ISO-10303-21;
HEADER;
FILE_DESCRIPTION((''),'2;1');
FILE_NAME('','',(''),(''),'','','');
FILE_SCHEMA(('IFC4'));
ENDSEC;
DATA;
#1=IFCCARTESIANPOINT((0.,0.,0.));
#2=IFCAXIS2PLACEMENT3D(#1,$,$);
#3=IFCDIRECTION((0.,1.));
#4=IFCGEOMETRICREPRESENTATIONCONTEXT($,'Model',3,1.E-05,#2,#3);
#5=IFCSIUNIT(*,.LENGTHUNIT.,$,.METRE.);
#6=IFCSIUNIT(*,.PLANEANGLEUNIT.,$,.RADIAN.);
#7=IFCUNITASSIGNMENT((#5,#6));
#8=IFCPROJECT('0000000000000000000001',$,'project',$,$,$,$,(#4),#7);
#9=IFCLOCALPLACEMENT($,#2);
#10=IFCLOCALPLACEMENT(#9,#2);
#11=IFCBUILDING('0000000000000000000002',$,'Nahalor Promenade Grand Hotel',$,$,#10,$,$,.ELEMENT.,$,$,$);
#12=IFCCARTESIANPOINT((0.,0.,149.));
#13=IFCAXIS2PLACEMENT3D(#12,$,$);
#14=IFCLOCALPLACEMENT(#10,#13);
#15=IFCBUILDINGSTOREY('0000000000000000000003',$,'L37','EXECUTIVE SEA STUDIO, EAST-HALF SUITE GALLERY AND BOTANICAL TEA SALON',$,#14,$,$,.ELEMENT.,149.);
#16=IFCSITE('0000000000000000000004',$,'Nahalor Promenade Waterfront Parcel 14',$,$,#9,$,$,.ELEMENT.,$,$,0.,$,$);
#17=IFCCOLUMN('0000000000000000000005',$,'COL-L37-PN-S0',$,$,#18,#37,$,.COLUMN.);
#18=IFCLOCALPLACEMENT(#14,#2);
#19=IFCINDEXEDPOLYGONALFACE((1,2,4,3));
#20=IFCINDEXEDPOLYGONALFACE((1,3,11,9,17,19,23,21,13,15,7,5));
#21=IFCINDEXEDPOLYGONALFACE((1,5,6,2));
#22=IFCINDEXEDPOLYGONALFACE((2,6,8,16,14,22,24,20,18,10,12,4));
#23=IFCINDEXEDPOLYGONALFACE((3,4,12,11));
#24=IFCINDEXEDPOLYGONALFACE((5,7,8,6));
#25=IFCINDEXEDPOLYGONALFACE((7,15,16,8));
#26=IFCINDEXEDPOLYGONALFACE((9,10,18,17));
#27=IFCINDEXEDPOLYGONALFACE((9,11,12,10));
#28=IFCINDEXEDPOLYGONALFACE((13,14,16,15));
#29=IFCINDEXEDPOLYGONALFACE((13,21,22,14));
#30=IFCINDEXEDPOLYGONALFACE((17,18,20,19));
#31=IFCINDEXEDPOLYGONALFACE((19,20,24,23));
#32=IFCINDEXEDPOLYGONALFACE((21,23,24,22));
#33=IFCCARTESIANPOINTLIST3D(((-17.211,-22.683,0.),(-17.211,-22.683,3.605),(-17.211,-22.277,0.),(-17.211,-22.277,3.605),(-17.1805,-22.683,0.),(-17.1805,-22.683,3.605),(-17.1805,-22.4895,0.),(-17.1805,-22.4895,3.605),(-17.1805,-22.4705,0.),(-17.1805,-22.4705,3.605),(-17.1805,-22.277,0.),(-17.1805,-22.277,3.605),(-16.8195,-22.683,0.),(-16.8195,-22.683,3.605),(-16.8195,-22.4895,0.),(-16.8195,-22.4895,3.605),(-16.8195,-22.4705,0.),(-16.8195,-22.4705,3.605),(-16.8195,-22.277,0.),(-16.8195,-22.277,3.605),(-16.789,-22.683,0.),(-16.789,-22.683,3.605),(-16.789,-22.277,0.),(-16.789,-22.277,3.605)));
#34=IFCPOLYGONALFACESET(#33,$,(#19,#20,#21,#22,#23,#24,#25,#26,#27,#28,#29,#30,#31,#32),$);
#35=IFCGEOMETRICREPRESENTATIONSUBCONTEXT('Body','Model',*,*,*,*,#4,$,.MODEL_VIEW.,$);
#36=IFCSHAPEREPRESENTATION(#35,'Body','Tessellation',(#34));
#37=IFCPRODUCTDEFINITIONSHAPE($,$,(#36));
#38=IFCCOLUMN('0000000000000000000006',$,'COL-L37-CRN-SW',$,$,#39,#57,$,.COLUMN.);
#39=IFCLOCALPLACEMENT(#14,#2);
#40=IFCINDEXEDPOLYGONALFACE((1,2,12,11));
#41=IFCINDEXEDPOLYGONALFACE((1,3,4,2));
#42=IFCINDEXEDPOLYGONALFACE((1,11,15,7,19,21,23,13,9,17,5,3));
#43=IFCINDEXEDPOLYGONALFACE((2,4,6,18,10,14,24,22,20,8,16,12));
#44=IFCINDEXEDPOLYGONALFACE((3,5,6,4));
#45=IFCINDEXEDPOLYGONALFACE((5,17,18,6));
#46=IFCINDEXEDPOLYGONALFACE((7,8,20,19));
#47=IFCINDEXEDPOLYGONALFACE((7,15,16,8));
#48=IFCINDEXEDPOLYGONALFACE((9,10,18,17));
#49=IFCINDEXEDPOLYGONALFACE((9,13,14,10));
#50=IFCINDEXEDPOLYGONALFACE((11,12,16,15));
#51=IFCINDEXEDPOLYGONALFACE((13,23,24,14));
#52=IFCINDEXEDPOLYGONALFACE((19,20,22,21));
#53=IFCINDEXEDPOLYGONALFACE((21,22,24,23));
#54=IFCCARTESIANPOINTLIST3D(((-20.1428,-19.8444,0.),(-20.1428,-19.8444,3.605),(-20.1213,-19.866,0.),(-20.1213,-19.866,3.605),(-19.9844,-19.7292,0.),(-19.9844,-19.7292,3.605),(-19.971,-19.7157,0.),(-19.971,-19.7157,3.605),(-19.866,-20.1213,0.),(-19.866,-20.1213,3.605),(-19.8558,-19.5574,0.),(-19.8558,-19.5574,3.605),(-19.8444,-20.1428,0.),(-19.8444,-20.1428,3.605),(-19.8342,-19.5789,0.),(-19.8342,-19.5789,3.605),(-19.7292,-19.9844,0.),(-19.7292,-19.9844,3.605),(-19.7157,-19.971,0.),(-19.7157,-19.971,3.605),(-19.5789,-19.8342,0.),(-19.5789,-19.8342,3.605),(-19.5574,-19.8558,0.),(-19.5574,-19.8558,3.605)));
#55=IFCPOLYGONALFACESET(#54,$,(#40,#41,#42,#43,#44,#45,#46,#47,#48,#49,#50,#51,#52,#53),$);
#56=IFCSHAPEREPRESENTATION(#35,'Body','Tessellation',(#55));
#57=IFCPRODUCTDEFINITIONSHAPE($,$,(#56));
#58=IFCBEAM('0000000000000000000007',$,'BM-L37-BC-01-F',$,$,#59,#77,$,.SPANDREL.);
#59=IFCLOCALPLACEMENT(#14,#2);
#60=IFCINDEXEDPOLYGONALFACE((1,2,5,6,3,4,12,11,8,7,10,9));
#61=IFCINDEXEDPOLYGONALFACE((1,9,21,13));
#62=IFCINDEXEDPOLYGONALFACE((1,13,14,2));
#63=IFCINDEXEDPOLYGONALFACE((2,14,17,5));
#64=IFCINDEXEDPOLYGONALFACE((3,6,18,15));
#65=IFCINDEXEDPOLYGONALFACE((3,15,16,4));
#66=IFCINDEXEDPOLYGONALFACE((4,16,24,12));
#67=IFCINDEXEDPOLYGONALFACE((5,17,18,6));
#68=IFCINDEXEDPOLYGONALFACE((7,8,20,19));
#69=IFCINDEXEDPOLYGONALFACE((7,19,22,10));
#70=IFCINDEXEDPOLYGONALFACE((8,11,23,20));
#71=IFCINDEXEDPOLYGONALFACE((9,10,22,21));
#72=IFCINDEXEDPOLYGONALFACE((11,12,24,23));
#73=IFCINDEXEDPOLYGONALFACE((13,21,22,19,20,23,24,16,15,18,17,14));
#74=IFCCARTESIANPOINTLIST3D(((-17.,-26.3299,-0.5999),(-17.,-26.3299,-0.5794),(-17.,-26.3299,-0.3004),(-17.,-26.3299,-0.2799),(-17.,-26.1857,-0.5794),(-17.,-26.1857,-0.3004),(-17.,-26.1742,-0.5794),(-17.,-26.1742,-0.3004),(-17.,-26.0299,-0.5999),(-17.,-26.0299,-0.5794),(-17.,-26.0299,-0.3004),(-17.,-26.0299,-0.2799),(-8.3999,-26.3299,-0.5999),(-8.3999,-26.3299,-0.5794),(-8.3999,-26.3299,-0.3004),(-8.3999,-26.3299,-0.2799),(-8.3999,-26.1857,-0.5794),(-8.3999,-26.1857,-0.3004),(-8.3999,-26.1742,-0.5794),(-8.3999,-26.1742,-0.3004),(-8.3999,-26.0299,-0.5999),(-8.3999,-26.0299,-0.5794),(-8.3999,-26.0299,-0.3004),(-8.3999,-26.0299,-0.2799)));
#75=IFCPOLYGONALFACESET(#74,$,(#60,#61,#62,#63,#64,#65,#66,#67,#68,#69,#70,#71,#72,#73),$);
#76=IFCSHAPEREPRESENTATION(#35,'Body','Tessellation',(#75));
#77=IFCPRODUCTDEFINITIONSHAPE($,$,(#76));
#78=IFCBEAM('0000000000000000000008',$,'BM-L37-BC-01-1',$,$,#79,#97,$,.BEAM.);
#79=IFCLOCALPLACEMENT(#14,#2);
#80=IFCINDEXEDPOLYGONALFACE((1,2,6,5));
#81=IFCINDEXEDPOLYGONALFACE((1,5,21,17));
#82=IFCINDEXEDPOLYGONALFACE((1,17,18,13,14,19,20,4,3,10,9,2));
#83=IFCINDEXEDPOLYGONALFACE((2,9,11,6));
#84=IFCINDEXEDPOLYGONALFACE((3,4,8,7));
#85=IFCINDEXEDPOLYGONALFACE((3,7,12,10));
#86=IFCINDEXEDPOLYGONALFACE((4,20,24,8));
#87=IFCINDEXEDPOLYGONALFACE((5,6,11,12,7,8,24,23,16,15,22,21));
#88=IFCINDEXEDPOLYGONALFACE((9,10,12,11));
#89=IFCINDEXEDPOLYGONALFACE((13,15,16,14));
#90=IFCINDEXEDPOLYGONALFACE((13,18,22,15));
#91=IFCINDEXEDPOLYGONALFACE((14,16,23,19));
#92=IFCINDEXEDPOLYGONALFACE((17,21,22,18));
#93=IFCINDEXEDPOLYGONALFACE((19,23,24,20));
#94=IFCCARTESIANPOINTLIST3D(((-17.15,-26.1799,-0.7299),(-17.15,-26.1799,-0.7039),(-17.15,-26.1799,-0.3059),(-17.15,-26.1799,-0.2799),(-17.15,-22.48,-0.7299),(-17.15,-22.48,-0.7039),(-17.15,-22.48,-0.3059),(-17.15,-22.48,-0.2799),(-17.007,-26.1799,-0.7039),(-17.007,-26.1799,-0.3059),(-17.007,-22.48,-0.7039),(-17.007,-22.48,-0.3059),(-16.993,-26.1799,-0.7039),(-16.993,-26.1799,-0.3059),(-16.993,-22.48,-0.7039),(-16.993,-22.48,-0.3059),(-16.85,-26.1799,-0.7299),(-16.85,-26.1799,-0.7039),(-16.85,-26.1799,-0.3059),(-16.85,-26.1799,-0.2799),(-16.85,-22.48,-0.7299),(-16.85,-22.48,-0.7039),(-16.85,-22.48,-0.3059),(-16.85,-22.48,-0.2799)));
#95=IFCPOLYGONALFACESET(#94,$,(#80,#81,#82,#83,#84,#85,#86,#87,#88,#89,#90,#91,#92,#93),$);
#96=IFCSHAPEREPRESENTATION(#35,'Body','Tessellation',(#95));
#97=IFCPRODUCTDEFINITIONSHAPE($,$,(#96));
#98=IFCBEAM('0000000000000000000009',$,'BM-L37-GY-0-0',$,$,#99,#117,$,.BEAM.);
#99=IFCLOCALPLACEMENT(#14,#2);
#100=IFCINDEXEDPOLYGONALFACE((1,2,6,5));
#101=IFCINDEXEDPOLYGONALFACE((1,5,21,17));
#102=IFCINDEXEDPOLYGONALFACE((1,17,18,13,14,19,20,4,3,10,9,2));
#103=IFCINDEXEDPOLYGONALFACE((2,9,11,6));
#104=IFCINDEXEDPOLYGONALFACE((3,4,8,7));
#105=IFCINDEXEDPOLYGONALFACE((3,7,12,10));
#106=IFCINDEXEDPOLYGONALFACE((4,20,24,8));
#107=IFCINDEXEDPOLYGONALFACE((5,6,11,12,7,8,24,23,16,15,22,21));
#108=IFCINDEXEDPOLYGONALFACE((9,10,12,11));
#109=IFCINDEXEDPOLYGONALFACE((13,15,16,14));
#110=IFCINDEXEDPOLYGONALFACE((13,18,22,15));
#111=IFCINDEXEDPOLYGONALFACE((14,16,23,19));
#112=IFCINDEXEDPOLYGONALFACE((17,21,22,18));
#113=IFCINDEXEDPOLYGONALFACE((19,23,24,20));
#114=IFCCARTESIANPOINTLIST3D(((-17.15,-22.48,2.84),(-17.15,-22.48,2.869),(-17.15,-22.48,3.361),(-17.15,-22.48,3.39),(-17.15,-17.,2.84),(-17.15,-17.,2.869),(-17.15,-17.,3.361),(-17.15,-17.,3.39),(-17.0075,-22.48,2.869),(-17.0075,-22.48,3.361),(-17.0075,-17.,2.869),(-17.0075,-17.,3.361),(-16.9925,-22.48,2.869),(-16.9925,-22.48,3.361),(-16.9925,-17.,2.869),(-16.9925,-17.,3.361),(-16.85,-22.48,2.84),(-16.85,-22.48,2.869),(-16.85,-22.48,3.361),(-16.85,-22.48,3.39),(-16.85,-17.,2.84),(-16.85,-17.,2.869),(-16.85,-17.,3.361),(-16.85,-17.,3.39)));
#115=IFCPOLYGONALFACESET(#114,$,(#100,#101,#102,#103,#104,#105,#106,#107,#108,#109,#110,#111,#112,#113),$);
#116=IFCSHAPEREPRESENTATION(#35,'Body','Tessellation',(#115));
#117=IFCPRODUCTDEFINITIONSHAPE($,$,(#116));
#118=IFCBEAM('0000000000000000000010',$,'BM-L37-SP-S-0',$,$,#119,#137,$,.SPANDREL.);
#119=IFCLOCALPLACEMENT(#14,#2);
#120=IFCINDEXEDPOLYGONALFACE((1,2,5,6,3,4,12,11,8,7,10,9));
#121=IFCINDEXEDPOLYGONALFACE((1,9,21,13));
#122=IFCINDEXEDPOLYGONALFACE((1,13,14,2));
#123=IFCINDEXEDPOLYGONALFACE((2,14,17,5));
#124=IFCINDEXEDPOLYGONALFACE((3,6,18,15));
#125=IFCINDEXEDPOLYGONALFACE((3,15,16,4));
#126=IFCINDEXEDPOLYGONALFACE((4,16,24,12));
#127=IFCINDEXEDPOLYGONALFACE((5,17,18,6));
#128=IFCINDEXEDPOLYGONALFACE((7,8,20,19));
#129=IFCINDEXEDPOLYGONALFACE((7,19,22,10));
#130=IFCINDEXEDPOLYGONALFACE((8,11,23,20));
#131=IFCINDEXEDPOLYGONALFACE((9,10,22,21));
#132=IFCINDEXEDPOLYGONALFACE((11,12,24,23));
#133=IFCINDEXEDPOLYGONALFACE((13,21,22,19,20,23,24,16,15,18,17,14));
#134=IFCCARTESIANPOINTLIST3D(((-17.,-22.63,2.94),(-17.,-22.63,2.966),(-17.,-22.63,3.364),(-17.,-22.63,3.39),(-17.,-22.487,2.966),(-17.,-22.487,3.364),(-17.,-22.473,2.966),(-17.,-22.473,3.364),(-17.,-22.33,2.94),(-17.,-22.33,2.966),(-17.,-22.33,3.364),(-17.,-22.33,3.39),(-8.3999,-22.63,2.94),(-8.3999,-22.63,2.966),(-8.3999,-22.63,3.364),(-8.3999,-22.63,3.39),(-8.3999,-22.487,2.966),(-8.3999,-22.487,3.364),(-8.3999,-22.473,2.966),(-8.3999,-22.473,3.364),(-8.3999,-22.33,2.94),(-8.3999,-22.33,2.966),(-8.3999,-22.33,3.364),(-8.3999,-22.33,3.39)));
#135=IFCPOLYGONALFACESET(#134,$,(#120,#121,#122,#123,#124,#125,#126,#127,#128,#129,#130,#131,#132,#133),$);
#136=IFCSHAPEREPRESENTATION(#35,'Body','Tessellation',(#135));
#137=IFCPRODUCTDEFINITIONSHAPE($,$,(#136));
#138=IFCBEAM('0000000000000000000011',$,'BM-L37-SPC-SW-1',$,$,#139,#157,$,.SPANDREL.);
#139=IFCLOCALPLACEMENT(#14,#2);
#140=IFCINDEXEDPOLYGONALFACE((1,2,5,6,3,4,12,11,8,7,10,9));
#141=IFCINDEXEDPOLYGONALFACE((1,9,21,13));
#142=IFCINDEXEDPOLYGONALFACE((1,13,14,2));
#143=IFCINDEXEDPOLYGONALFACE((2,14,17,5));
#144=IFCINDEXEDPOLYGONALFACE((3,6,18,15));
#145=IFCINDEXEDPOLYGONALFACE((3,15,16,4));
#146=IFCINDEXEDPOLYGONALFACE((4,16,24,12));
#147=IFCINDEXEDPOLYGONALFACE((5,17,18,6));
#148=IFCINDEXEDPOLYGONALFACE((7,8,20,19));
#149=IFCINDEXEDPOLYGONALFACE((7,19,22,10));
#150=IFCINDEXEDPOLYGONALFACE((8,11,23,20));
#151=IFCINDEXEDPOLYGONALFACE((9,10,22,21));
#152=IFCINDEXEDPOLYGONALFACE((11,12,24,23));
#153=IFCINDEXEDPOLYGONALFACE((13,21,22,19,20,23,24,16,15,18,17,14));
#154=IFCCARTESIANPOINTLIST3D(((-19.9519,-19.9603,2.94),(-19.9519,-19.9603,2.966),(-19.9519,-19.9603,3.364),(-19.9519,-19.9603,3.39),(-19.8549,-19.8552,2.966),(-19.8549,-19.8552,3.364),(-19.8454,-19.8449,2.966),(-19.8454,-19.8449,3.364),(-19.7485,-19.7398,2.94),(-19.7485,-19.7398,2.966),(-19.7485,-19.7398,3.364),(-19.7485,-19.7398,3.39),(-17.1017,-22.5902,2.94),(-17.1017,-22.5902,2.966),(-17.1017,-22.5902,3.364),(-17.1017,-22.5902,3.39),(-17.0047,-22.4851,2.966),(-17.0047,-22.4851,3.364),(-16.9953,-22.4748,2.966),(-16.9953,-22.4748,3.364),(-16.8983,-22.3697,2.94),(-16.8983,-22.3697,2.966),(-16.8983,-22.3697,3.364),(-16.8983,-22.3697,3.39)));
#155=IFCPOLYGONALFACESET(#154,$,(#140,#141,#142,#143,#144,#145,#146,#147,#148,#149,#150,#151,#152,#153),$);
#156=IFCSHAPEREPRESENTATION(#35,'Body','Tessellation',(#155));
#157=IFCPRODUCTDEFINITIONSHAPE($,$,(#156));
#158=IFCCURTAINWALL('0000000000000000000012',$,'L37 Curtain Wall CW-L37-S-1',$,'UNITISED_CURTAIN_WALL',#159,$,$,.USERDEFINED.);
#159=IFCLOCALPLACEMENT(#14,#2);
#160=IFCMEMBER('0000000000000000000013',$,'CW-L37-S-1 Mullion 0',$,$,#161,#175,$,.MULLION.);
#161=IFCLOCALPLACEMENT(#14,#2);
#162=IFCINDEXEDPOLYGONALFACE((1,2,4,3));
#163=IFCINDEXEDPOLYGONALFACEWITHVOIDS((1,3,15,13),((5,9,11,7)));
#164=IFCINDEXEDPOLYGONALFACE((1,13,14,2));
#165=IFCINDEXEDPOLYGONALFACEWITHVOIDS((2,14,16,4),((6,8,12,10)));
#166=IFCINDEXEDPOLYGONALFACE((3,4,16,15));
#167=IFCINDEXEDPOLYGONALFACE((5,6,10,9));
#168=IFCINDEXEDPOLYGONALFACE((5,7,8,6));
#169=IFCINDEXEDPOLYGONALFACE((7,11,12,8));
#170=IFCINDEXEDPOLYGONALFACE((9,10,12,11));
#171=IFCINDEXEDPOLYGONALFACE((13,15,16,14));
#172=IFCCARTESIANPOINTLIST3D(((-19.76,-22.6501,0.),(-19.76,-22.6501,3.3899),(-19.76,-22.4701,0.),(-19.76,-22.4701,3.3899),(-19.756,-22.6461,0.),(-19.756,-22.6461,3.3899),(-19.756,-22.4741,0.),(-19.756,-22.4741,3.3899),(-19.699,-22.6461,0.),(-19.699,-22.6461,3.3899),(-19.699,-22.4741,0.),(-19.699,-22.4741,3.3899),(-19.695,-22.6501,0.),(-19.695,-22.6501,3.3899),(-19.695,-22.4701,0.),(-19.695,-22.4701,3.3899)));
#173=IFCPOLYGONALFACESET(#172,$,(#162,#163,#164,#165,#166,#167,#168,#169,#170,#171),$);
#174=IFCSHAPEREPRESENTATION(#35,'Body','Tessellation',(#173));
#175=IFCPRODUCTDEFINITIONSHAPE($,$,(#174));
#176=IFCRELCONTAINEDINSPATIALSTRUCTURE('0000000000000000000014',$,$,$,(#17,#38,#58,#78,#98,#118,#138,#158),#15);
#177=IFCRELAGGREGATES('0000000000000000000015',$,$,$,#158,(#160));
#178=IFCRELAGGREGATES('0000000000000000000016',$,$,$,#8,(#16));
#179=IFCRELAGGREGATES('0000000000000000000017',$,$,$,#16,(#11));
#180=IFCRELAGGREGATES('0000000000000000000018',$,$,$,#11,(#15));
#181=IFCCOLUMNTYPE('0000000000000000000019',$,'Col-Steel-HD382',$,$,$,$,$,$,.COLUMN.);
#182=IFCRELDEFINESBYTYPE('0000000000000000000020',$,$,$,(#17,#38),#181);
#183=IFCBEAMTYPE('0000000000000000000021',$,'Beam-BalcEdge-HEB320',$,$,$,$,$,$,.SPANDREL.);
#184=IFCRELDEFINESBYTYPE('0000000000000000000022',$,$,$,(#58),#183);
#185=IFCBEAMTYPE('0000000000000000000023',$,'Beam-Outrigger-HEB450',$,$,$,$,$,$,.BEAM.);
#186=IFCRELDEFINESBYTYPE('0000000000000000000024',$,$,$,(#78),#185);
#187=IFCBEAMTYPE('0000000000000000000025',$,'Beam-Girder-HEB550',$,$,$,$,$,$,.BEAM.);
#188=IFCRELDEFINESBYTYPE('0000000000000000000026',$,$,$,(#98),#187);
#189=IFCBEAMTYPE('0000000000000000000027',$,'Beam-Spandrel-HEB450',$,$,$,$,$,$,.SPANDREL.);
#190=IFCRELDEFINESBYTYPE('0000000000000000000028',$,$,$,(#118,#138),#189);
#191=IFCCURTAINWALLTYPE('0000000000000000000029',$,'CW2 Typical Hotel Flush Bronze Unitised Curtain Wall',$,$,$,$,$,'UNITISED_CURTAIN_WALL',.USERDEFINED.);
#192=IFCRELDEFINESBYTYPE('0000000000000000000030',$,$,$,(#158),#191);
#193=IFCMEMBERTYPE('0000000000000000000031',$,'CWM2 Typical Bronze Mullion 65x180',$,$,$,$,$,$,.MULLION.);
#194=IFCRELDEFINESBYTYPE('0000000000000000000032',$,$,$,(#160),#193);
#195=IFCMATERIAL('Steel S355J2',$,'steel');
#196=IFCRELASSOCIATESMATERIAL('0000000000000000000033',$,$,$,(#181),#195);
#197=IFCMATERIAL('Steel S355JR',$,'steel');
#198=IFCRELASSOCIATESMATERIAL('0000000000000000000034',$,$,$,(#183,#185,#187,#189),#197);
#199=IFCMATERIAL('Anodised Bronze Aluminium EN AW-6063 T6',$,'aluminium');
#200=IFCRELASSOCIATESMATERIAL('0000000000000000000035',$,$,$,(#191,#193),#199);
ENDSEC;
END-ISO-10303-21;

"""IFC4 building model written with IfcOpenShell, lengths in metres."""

from ifc_helpers import new_model, si_unit, direction, frame, origin, origin_2d, place, context, subcontext, project, spatial, hollow_rectangle, i_section, extrude, source, transform, mapped, material, material_profile, profile_set, type_object, element, aggregate, save


model = new_model("IFC4")

# Units and contexts
model_context = context("Model", 3, precision=1e-05, world=origin(), true_north=direction((0.0, 1.0)))
body_context = subcontext(model_context, "Body", "Model", "MODEL_VIEW")
ifc_project = project(units=[si_unit("LENGTHUNIT", "METRE"), si_unit("PLANEANGLEUNIT", "RADIAN")], contexts=[model_context])

# Site, building, storey
site_placement = place(None, origin())
site = spatial("IfcSite", under=ifc_project, at=site_placement, Name="Nahalor Promenade Waterfront Parcel 14", CompositionType="ELEMENT", RefElevation=0.0)
building_placement = place(site_placement, origin())
building = spatial("IfcBuilding", under=site, at=building_placement, Name="Nahalor Promenade Grand Hotel", CompositionType="ELEMENT")
storey_placement = place(building_placement, frame((0.0, 0.0, 149.0)))
storey = spatial("IfcBuildingStorey", under=building, at=storey_placement, Name="L37", Description="EXECUTIVE SEA STUDIO, EAST-HALF SUITE GALLERY AND BOTANICAL TEA SALON", CompositionType="ELEMENT", Elevation=149.0)

# Columns
ifc_material_1 = material(Name="Steel S355J2", Category="steel")
ifc_material_profile_1 = material_profile(ifc_material_1, i_section(OverallWidth=0.406, OverallDepth=0.422, WebThickness=0.019, FlangeThickness=0.0305, at=origin_2d()), Name="HD 400x382")
ifc_profile_set_1 = profile_set([ifc_material_profile_1], Name="Steel S355J2")
column_type = type_object("IfcColumnType", Name="Col-Steel-HD382", PredefinedType="COLUMN", material=ifc_profile_set_1)
shared_shape_1 = source(origin(), body_context, "Body", "SweptSolid", [
    extrude(i_section(OverallWidth=0.406, OverallDepth=0.422, WebThickness=0.019, FlangeThickness=0.0305, at=origin_2d()), origin(), (0.0, 0.0, 1.0), 3.605),
])
for number, where, z_axis, x_axis, name in (
    (1, (-17.0, -22.48, 0.0), (0.0, 0.0, 1.0), (0.0, 1.0, 0.0), "COL-L37-PN-S0"),
    (2, (-19.8501, -19.8501, 0.0), (0.0, 0.0, 1.0), (0.707107, 0.707107, 0.0), "COL-L37-CRN-SW"),
):
    element("IfcColumn", number, at=place(storey_placement, frame(where, z_axis=z_axis, x_axis=x_axis)), inside=storey, type_object=column_type, Name=name, PredefinedType="COLUMN", context=body_context, shape_type="MappedRepresentation", body=[
        mapped(shared_shape_1, transform((0.0, 0.0, 0.0), scale=1.0)),
    ])

# Beams
ifc_material_2 = material(Name="Steel S355JR", Category="steel")
ifc_material_profile_2 = material_profile(ifc_material_2, i_section(OverallWidth=0.3, OverallDepth=0.32, WebThickness=0.0115, FlangeThickness=0.0205, at=origin_2d()), Name="HEB 320")
ifc_profile_set_2 = profile_set([ifc_material_profile_2], Name="Steel S355JR")
beam_type_1 = type_object("IfcBeamType", Name="Beam-BalcEdge-HEB320", PredefinedType="SPANDREL", material=ifc_profile_set_2)
shared_shape_2 = source(origin(), body_context, "Body", "SweptSolid", [
    extrude(i_section(OverallWidth=0.3, OverallDepth=0.32, WebThickness=0.0115, FlangeThickness=0.0205, at=origin_2d()), origin(), (0.0, 0.0, 1.0), 8.6001),
])
beam_1_placement = place(storey_placement, frame((-17.0, -26.1799, -0.4399), z_axis=(1.0, 0.0, 0.0), x_axis=(0.0, 1.0, 0.0)))
element("IfcBeam", 3, at=beam_1_placement, inside=storey, type_object=beam_type_1, Name="BM-L37-BC-01-F", PredefinedType="SPANDREL", context=body_context, shape_type="MappedRepresentation", body=[
    mapped(shared_shape_2, transform((0.0, 0.0, 0.0), scale=1.0)),
])
ifc_material_profile_3 = material_profile(ifc_material_2, i_section(OverallWidth=0.3, OverallDepth=0.45, WebThickness=0.014, FlangeThickness=0.026, at=origin_2d()), Name="HEB 450")
ifc_profile_set_3 = profile_set([ifc_material_profile_3], Name="Steel S355JR")
beam_type_2 = type_object("IfcBeamType", Name="Beam-Outrigger-HEB450", PredefinedType="BEAM", material=ifc_profile_set_3)
shared_shape_3 = source(origin(), body_context, "Body", "SweptSolid", [
    extrude(i_section(OverallWidth=0.3, OverallDepth=0.45, WebThickness=0.014, FlangeThickness=0.026, at=origin_2d()), origin(), (0.0, 0.0, 1.0), 3.7),
])
beam_2_placement = place(storey_placement, frame((-17.0, -26.1799, -0.5049), z_axis=(0.0, 1.0, 0.0), x_axis=(-1.0, 0.0, 0.0)))
element("IfcBeam", 4, at=beam_2_placement, inside=storey, type_object=beam_type_2, Name="BM-L37-BC-01-1", PredefinedType="BEAM", context=body_context, shape_type="MappedRepresentation", body=[
    mapped(shared_shape_3, transform((0.0, 0.0, 0.0), scale=1.0)),
])
ifc_material_profile_4 = material_profile(ifc_material_2, i_section(OverallWidth=0.3, OverallDepth=0.55, WebThickness=0.015, FlangeThickness=0.029, at=origin_2d()), Name="HEB 550")
ifc_profile_set_4 = profile_set([ifc_material_profile_4], Name="Steel S355JR")
beam_type_3 = type_object("IfcBeamType", Name="Beam-Girder-HEB550", PredefinedType="BEAM", material=ifc_profile_set_4)
shared_shape_4 = source(origin(), body_context, "Body", "SweptSolid", [
    extrude(i_section(OverallWidth=0.3, OverallDepth=0.55, WebThickness=0.015, FlangeThickness=0.029, at=origin_2d()), origin(), (0.0, 0.0, 1.0), 5.48),
])
beam_3_placement = place(storey_placement, frame((-17.0, -22.48, 3.115), z_axis=(0.0, 1.0, 0.0), x_axis=(-1.0, 0.0, 0.0)))
element("IfcBeam", 5, at=beam_3_placement, inside=storey, type_object=beam_type_3, Name="BM-L37-GY-0-0", PredefinedType="BEAM", context=body_context, shape_type="MappedRepresentation", body=[
    mapped(shared_shape_4, transform((0.0, 0.0, 0.0), scale=1.0)),
])
ifc_material_profile_5 = material_profile(ifc_material_2, i_section(OverallWidth=0.3, OverallDepth=0.45, WebThickness=0.014, FlangeThickness=0.026, at=origin_2d()), Name="HEB 450")
ifc_profile_set_5 = profile_set([ifc_material_profile_5], Name="Steel S355JR")
beam_type_4 = type_object("IfcBeamType", Name="Beam-Spandrel-HEB450", PredefinedType="SPANDREL", material=ifc_profile_set_5)
shared_shape_5 = source(origin(), body_context, "Body", "SweptSolid", [
    extrude(i_section(OverallWidth=0.3, OverallDepth=0.45, WebThickness=0.014, FlangeThickness=0.026, at=origin_2d()), origin(), (0.0, 0.0, 1.0), 8.6001),
])
beam_4_placement = place(storey_placement, frame((-17.0, -22.48, 3.165), z_axis=(1.0, 0.0, 0.0), x_axis=(0.0, 1.0, 0.0)))
element("IfcBeam", 6, at=beam_4_placement, inside=storey, type_object=beam_type_4, Name="BM-L37-SP-S-0", PredefinedType="SPANDREL", context=body_context, shape_type="MappedRepresentation", body=[
    mapped(shared_shape_5, transform((0.0, 0.0, 0.0), scale=1.0)),
])
shared_shape_6 = source(origin(), body_context, "Body", "SweptSolid", [
    extrude(i_section(OverallWidth=0.3, OverallDepth=0.45, WebThickness=0.014, FlangeThickness=0.026, at=origin_2d()), origin(), (0.0, 0.0, 1.0), 3.8782),
])
beam_5_placement = place(storey_placement, frame((-17.0, -22.48, 3.165), z_axis=(-0.734929, 0.678144, 0.0), x_axis=(-0.678144, -0.734929, 0.0)))
element("IfcBeam", 7, at=beam_5_placement, inside=storey, type_object=beam_type_4, Name="BM-L37-SPC-SW-1", PredefinedType="SPANDREL", context=body_context, shape_type="MappedRepresentation", body=[
    mapped(shared_shape_6, transform((0.0, 0.0, 0.0), scale=1.0)),
])

# Curtain wall, member
ifc_material_3 = material(Name="Anodised Bronze Aluminium EN AW-6063 T6", Category="aluminium")
curtain_wall_type = type_object("IfcCurtainWallType", Name="CW2 Typical Hotel Flush Bronze Unitised Curtain Wall", ElementType="UNITISED_CURTAIN_WALL", PredefinedType="USERDEFINED", material=ifc_material_3)
curtain_wall_placement = place(storey_placement, origin())
curtain_wall = element("IfcCurtainWall", 8, at=curtain_wall_placement, inside=storey, type_object=curtain_wall_type, Name="L37 Curtain Wall CW-L37-S-1", ObjectType="UNITISED_CURTAIN_WALL", PredefinedType="USERDEFINED")
ifc_material_profile_6 = material_profile(ifc_material_3, hollow_rectangle(XDim=0.065, YDim=0.18, WallThickness=0.004, at=origin_2d()), Name="CWM 65x180x4")
ifc_profile_set_6 = profile_set([ifc_material_profile_6], Name="Anodised Bronze Aluminium EN AW-6063 T6")
member_type_1 = type_object("IfcMemberType", Name="CWM2 Typical Bronze Mullion 65x180", PredefinedType="MULLION", material=ifc_profile_set_6)
shared_shape_7 = source(origin(), body_context, "Body", "SweptSolid", [
    extrude(hollow_rectangle(XDim=0.065, YDim=0.18, WallThickness=0.004, at=origin_2d()), origin(), (0.0, 0.0, 1.0), 3.3899),
])
member_1_placement = place(storey_placement, frame((-19.7275, -22.5601, 0.0), z_axis=(0.0, 0.0, 1.0), x_axis=(1.0, 0.0, 0.0)))
member_1 = element("IfcMember", 9, at=member_1_placement, type_object=member_type_1, Name="CW-L37-S-1 Mullion 0", PredefinedType="MULLION", context=body_context, shape_type="MappedRepresentation", body=[
    mapped(shared_shape_7, transform((0.0, 0.0, 0.0), scale=1.0)),
])

aggregate(curtain_wall, [member_1])

save(model, "model.ifc")
